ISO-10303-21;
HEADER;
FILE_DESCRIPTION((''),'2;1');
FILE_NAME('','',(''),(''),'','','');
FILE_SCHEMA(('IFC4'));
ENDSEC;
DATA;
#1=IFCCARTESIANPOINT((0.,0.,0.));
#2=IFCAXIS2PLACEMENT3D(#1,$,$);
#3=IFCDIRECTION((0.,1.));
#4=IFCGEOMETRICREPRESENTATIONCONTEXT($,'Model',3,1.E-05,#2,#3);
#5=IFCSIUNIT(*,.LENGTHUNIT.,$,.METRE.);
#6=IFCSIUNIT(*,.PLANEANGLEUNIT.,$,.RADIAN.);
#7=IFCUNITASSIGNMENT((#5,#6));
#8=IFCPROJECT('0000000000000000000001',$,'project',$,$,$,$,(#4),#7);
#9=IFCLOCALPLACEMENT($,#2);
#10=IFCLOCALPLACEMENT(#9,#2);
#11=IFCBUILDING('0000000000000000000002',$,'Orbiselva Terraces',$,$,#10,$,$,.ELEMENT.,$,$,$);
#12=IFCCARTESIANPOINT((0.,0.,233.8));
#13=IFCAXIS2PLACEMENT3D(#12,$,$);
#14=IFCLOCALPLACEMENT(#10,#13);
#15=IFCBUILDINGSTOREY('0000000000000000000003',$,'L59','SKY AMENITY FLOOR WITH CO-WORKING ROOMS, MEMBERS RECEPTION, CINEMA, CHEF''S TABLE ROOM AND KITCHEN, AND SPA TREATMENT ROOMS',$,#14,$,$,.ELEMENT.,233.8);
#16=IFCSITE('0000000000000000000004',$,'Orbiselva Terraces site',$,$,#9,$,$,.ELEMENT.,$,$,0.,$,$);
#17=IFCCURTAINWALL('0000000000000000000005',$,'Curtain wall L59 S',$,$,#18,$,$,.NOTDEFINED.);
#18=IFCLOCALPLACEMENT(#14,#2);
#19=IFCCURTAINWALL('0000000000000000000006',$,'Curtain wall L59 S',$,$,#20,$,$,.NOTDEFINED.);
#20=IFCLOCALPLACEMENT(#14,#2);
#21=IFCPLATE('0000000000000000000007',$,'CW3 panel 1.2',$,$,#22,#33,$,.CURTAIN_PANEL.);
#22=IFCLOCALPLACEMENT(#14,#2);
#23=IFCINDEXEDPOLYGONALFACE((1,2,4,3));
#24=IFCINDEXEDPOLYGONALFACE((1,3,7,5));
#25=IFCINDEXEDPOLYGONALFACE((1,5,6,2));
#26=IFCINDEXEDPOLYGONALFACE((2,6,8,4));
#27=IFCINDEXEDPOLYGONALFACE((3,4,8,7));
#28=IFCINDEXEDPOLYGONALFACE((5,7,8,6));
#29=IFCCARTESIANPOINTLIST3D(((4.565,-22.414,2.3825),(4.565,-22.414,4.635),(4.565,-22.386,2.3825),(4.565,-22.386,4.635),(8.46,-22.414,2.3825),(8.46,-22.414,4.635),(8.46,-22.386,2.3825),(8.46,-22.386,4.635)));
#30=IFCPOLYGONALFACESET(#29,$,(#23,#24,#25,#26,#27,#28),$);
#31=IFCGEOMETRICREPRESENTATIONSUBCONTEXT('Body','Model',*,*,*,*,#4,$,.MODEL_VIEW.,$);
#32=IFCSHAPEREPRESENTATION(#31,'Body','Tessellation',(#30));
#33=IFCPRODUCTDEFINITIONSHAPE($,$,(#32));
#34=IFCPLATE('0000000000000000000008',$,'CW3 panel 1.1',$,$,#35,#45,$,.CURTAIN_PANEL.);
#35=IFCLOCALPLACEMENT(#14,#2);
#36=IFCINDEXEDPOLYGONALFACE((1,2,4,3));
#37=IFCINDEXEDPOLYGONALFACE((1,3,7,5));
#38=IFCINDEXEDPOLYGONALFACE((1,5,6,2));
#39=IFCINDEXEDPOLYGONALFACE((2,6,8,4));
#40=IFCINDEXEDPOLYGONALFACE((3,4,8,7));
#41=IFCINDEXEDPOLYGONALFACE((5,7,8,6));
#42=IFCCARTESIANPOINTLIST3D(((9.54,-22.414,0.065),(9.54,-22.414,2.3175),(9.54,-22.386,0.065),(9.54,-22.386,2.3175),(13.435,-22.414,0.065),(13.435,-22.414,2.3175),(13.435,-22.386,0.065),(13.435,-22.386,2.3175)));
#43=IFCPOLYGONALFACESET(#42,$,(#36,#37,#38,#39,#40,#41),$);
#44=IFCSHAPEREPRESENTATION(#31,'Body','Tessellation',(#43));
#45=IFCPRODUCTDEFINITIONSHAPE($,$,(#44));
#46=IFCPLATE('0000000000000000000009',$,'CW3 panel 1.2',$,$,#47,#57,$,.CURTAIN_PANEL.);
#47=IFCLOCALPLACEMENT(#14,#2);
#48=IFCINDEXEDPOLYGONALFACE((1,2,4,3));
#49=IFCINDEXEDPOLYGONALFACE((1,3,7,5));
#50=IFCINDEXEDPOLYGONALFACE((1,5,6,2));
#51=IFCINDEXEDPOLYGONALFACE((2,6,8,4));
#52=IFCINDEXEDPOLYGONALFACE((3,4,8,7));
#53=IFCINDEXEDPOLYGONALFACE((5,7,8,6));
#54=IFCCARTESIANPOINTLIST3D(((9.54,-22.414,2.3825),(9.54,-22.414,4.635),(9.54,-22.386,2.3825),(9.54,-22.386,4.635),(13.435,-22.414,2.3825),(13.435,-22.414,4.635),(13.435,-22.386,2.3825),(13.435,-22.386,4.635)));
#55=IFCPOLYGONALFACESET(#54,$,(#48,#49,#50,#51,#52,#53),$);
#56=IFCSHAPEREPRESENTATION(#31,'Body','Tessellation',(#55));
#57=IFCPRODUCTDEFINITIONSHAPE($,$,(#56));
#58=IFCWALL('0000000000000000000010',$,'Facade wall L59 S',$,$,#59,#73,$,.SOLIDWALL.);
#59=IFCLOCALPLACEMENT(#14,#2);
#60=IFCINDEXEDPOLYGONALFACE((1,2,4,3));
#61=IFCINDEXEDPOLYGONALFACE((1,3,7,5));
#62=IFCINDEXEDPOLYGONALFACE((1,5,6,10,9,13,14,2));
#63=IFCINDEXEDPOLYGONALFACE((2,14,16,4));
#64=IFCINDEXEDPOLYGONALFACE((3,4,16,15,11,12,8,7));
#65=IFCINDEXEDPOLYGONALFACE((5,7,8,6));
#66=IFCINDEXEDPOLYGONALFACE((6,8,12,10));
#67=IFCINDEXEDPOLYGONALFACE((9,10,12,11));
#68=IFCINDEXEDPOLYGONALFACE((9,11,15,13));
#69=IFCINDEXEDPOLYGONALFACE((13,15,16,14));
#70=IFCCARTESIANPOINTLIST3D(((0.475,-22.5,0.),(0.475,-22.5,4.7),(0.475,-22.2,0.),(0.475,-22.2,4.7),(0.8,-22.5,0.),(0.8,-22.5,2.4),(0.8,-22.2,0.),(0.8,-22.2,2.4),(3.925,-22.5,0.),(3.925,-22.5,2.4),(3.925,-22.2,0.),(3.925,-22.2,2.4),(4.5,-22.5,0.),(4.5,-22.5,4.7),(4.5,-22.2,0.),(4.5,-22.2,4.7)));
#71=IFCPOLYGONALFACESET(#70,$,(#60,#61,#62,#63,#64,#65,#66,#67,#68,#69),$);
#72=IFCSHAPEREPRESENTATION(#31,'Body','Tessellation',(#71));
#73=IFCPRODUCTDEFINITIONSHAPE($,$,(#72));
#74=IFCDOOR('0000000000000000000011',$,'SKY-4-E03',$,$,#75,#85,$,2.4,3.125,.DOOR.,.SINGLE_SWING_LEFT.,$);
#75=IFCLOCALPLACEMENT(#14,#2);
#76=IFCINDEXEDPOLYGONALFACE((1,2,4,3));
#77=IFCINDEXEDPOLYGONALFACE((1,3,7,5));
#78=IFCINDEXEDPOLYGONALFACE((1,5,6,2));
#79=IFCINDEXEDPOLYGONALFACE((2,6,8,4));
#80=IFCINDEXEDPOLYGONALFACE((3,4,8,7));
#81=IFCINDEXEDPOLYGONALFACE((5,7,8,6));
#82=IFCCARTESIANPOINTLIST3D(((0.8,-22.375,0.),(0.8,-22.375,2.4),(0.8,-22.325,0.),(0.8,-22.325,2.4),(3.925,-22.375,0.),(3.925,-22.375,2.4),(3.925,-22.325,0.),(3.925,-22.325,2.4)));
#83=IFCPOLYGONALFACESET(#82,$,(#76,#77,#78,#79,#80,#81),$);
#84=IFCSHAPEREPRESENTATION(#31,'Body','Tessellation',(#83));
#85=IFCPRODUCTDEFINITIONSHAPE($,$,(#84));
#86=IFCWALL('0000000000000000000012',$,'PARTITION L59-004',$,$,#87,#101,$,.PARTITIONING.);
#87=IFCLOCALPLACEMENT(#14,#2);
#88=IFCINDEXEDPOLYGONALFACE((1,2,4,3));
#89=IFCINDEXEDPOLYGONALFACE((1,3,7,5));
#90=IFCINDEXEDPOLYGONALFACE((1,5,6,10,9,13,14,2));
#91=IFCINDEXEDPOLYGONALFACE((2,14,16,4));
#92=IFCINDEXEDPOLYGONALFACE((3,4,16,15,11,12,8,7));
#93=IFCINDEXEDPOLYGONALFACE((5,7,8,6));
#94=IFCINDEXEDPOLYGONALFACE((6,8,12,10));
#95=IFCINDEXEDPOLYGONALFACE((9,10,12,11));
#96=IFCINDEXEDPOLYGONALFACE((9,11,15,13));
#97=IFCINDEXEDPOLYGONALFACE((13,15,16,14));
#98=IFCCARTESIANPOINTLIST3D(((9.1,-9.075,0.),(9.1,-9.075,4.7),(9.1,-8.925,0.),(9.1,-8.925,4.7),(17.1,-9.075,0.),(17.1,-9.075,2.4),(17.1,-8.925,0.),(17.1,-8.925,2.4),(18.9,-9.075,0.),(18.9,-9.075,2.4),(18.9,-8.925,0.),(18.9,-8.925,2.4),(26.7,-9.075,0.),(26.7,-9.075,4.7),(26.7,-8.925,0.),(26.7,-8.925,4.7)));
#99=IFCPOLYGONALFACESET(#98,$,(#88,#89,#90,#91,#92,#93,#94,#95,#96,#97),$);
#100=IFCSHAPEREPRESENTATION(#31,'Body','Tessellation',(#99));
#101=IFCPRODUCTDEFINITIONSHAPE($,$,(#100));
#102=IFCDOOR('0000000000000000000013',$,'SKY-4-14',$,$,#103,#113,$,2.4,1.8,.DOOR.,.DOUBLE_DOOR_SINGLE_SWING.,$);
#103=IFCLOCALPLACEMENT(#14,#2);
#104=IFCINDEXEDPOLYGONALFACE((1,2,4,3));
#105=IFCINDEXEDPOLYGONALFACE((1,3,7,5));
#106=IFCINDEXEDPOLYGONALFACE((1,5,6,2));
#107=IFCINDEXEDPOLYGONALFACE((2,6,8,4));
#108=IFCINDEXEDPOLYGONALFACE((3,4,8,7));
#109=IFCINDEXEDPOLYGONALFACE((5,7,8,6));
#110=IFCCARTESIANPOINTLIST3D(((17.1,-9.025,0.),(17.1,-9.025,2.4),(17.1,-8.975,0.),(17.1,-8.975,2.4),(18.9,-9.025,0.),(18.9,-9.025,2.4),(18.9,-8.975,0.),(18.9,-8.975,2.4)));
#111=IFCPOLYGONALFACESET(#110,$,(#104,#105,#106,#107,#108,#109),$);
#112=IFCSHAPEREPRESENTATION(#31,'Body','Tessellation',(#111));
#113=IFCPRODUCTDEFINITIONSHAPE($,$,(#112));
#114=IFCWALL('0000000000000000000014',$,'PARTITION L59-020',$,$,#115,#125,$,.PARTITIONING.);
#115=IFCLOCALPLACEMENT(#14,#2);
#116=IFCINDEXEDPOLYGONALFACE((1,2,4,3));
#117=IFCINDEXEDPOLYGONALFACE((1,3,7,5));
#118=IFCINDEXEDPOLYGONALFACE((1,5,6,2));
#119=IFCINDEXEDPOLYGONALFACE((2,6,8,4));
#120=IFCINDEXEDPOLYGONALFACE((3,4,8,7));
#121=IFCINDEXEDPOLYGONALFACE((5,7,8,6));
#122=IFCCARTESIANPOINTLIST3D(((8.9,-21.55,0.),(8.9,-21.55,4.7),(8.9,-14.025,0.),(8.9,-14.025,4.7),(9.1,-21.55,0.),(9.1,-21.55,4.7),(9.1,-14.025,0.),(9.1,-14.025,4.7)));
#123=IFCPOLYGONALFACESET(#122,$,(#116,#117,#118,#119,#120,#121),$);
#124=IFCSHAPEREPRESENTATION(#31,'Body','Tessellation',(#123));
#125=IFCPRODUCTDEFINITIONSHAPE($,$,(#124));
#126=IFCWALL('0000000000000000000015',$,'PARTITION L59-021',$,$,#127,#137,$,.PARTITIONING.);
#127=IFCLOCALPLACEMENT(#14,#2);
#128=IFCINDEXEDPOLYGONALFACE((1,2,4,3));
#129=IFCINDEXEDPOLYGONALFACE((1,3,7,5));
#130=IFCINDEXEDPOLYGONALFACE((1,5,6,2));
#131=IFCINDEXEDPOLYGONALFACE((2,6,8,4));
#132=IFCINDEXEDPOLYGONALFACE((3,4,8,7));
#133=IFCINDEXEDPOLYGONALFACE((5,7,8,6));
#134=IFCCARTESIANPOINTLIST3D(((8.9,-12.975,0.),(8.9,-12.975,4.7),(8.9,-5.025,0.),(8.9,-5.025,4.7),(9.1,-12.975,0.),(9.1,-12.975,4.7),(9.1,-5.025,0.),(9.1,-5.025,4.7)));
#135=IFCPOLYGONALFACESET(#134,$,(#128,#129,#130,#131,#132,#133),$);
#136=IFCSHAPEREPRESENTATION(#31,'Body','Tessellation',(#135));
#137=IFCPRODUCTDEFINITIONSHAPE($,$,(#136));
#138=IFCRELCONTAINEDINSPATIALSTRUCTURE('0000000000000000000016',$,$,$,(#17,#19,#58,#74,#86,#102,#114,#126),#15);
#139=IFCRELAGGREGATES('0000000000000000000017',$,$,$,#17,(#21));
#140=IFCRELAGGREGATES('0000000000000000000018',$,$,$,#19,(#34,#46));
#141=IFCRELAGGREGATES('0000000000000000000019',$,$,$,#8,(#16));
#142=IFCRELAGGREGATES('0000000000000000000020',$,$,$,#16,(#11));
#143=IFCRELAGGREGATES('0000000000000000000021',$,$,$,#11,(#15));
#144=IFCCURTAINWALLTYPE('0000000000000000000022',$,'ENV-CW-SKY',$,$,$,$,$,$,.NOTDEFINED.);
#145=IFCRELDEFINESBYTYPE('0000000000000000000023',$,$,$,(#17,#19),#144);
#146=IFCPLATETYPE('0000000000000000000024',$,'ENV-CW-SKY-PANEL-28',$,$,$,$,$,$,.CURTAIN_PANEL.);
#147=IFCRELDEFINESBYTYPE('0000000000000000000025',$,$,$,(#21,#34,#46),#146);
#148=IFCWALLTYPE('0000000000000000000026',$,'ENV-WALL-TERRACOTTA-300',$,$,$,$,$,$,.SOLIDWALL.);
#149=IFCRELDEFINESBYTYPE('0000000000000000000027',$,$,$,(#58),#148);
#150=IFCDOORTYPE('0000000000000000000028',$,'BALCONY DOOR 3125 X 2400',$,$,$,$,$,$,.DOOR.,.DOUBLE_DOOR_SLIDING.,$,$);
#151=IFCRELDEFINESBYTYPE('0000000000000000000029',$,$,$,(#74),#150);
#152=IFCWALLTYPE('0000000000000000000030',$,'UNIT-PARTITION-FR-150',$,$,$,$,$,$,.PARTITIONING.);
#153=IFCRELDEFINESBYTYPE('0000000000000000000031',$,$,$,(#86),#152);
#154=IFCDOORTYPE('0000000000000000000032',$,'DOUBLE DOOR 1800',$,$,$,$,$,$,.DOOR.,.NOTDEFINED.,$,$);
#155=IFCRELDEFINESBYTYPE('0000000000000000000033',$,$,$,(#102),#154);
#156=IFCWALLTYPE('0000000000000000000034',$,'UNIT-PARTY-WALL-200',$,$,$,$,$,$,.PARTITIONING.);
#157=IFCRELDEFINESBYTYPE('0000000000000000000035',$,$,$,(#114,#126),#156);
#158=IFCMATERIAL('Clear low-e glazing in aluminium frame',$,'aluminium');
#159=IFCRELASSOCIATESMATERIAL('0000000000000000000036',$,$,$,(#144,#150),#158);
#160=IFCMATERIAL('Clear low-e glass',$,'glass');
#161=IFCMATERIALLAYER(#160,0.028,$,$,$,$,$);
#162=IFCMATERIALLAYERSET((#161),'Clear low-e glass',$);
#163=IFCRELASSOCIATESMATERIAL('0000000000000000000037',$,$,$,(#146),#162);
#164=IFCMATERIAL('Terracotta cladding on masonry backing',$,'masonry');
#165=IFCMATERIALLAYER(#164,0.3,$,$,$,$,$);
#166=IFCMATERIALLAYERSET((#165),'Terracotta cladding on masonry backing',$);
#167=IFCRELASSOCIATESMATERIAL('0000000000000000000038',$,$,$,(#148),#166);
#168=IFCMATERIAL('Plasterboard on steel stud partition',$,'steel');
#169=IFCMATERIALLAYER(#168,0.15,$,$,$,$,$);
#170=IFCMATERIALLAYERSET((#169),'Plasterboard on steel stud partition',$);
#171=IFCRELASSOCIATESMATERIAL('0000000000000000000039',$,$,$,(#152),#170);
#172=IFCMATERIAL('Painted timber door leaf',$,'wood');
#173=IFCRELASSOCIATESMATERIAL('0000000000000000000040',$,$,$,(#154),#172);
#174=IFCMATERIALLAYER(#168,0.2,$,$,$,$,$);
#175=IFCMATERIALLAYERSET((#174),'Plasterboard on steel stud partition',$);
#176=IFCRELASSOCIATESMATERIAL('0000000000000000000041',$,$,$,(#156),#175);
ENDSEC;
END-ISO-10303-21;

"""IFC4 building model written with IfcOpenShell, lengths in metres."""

from ifc_helpers import new_model, si_unit, direction, frame, frame_2d, origin, origin_2d, place, context, subcontext, project, spatial, rectangle, extrude, material, layer, layer_set, type_object, element, fill, aggregate, save


model = new_model("IFC4")

# Units and contexts
model_context = context("Model", 3, precision=1e-05, world=origin(), true_north=direction((0.0, 1.0)))
body_context = subcontext(model_context, "Body", "Model", "MODEL_VIEW")
ifc_project = project(units=[si_unit("LENGTHUNIT", "METRE"), si_unit("PLANEANGLEUNIT", "RADIAN")], contexts=[model_context])

# Site, building, storey
site_placement = place(None, origin())
site = spatial("IfcSite", under=ifc_project, at=site_placement, Name="Orbiselva Terraces site", CompositionType="ELEMENT", RefElevation=0.0)
building_placement = place(site_placement, origin())
building = spatial("IfcBuilding", under=site, at=building_placement, Name="Orbiselva Terraces", CompositionType="ELEMENT")
storey_placement = place(building_placement, frame((0.0, 0.0, 233.8)))
storey = spatial("IfcBuildingStorey", under=building, at=storey_placement, Name="L59", Description="SKY AMENITY FLOOR WITH CO-WORKING ROOMS, MEMBERS RECEPTION, CINEMA, CHEF'S TABLE ROOM AND KITCHEN, AND SPA TREATMENT ROOMS", CompositionType="ELEMENT", Elevation=233.8)

# Curtain walls
ifc_material_1 = material(Name="Clear low-e glazing in aluminium frame", Category="aluminium")
curtain_wall_type = type_object("IfcCurtainWallType", Name="ENV-CW-SKY", PredefinedType="NOTDEFINED", material=ifc_material_1)
curtain_wall_1_placement = place(storey_placement, origin())
curtain_wall_1 = element("IfcCurtainWall", 1, at=curtain_wall_1_placement, inside=storey, type_object=curtain_wall_type, Name="Curtain wall L59 S", PredefinedType="NOTDEFINED")
curtain_wall_2_placement = place(storey_placement, origin())
curtain_wall_2 = element("IfcCurtainWall", 2, at=curtain_wall_2_placement, inside=storey, type_object=curtain_wall_type, Name="Curtain wall L59 S", PredefinedType="NOTDEFINED")

# Plates
ifc_material_2 = material(Name="Clear low-e glass", Category="glass")
ifc_layer_1 = layer(ifc_material_2, 0.028)
ifc_layer_set_1 = layer_set([ifc_layer_1], Name="Clear low-e glass")
plate_type = type_object("IfcPlateType", Name="ENV-CW-SKY-PANEL-28", PredefinedType="CURTAIN_PANEL", material=ifc_layer_set_1)
plate_1_placement = place(storey_placement, frame((6.5125, -22.4, 2.3825), z_axis=(0.0, 0.0, 1.0), x_axis=(1.0, 0.0, 0.0)))
plate_1 = element("IfcPlate", 3, at=plate_1_placement, type_object=plate_type, Name="CW3 panel 1.2", PredefinedType="CURTAIN_PANEL", context=body_context, shape_type="SweptSolid", body=[
    extrude(rectangle(XDim=3.895, YDim=0.028, at=origin_2d()), origin(), (0.0, 0.0, 1.0), 2.2525),
])
aggregate(curtain_wall_1, [plate_1])
plate_2_placement = place(storey_placement, frame((11.4875, -22.4, 0.065), z_axis=(0.0, 0.0, 1.0), x_axis=(1.0, 0.0, 0.0)))
plate_2 = element("IfcPlate", 4, at=plate_2_placement, type_object=plate_type, Name="CW3 panel 1.1", PredefinedType="CURTAIN_PANEL", context=body_context, shape_type="SweptSolid", body=[
    extrude(rectangle(XDim=3.895, YDim=0.028, at=origin_2d()), origin(), (0.0, 0.0, 1.0), 2.2525),
])
plate_3_placement = place(storey_placement, frame((11.4875, -22.4, 2.3825), z_axis=(0.0, 0.0, 1.0), x_axis=(1.0, 0.0, 0.0)))
plate_3 = element("IfcPlate", 5, at=plate_3_placement, type_object=plate_type, Name="CW3 panel 1.2", PredefinedType="CURTAIN_PANEL", context=body_context, shape_type="SweptSolid", body=[
    extrude(rectangle(XDim=3.895, YDim=0.028, at=origin_2d()), origin(), (0.0, 0.0, 1.0), 2.2525),
])
aggregate(curtain_wall_2, [plate_2, plate_3])

# Walls, openings, doors
ifc_material_3 = material(Name="Terracotta cladding on masonry backing", Category="masonry")
ifc_layer_2 = layer(ifc_material_3, 0.3)
ifc_layer_set_2 = layer_set([ifc_layer_2], Name="Terracotta cladding on masonry backing")
wall_type_1 = type_object("IfcWallType", Name="ENV-WALL-TERRACOTTA-300", PredefinedType="SOLIDWALL", material=ifc_layer_set_2)
wall_1_placement = place(storey_placement, frame((4.5, -22.35, 0.0), z_axis=(0.0, 0.0, 1.0), x_axis=(-1.0, 0.0, 0.0)))
wall_1 = element("IfcWall", 6, at=wall_1_placement, inside=storey, type_object=wall_type_1, Name="Facade wall L59 S", PredefinedType="SOLIDWALL", context=body_context, shape_type="SweptSolid", body=[
    extrude(rectangle(XDim=4.025, YDim=0.3, at=frame_2d((2.0125, 0.0))), origin(), (0.0, 0.0, 1.0), 4.7),
])
opening_1_placement = place(wall_1_placement, frame((0.575, 0.0, 0.0)))
opening_1 = element("IfcOpeningElement", 7, at=opening_1_placement, cuts=wall_1, PredefinedType="OPENING", context=body_context, shape_type="SweptSolid", body=[
    extrude(rectangle(XDim=3.125, YDim=2.4, at=frame_2d((1.5625, 1.2))), frame((0.0, 0.16, 0.0), z_axis=(0.0, -1.0, 0.0), x_axis=(1.0, 0.0, 0.0)), (0.0, 0.0, 1.0), 0.32),
])
door_type_1 = type_object("IfcDoorType", Name="BALCONY DOOR 3125 X 2400", OperationType="DOUBLE_DOOR_SLIDING", PredefinedType="DOOR", material=ifc_material_1)
door_1_placement = place(opening_1_placement, origin())
door_1 = element("IfcDoor", 8, at=door_1_placement, inside=storey, type_object=door_type_1, Name="SKY-4-E03", OperationType="SINGLE_SWING_LEFT", OverallHeight=2.4, OverallWidth=3.125, PredefinedType="DOOR", context=body_context, shape_type="SweptSolid", body=[
    extrude(rectangle(XDim=3.125, YDim=2.4, at=frame_2d((1.5625, 1.2))), frame((0.0, 0.025, 0.0), z_axis=(0.0, -1.0, 0.0), x_axis=(1.0, 0.0, 0.0)), (0.0, 0.0, 1.0), 0.05),
])
fill(opening_1, door_1)
ifc_material_4 = material(Name="Plasterboard on steel stud partition", Category="steel")
ifc_layer_3 = layer(ifc_material_4, 0.15)
ifc_layer_set_3 = layer_set([ifc_layer_3], Name="Plasterboard on steel stud partition")
wall_type_2 = type_object("IfcWallType", Name="UNIT-PARTITION-FR-150", PredefinedType="PARTITIONING", material=ifc_layer_set_3)
wall_2_placement = place(storey_placement, frame((9.1, -9.0, 0.0), z_axis=(0.0, 0.0, 1.0), x_axis=(1.0, 0.0, 0.0)))
wall_2 = element("IfcWall", 9, at=wall_2_placement, inside=storey, type_object=wall_type_2, Name="PARTITION L59-004", PredefinedType="PARTITIONING", context=body_context, shape_type="SweptSolid", body=[
    extrude(rectangle(XDim=17.6, YDim=0.15, at=frame_2d((8.8, 0.0))), origin(), (0.0, 0.0, 1.0), 4.7),
])
opening_2_placement = place(wall_2_placement, frame((8.0, 0.0, 0.0)))
opening_2 = element("IfcOpeningElement", 10, at=opening_2_placement, cuts=wall_2, PredefinedType="OPENING", context=body_context, shape_type="SweptSolid", body=[
    extrude(rectangle(XDim=1.8, YDim=2.4, at=frame_2d((0.9, 1.2))), frame((0.0, 0.085, 0.0), z_axis=(0.0, -1.0, 0.0), x_axis=(1.0, 0.0, 0.0)), (0.0, 0.0, 1.0), 0.17),
])
ifc_material_5 = material(Name="Painted timber door leaf", Category="wood")
door_type_2 = type_object("IfcDoorType", Name="DOUBLE DOOR 1800", OperationType="NOTDEFINED", PredefinedType="DOOR", material=ifc_material_5)
door_2_placement = place(opening_2_placement, origin())
door_2 = element("IfcDoor", 11, at=door_2_placement, inside=storey, type_object=door_type_2, Name="SKY-4-14", OperationType="DOUBLE_DOOR_SINGLE_SWING", OverallHeight=2.4, OverallWidth=1.8, PredefinedType="DOOR", context=body_context, shape_type="SweptSolid", body=[
    extrude(rectangle(XDim=1.8, YDim=2.4, at=frame_2d((0.9, 1.2))), frame((0.0, 0.025, 0.0), z_axis=(0.0, -1.0, 0.0), x_axis=(1.0, 0.0, 0.0)), (0.0, 0.0, 1.0), 0.05),
])
fill(opening_2, door_2)

# Walls
ifc_layer_4 = layer(ifc_material_4, 0.2)
ifc_layer_set_4 = layer_set([ifc_layer_4], Name="Plasterboard on steel stud partition")
wall_type_3 = type_object("IfcWallType", Name="UNIT-PARTY-WALL-200", PredefinedType="PARTITIONING", material=ifc_layer_set_4)
wall_3_placement = place(storey_placement, frame((9.0, -21.55, 0.0), z_axis=(0.0, 0.0, 1.0), x_axis=(0.0, 1.0, 0.0)))
element("IfcWall", 12, at=wall_3_placement, inside=storey, type_object=wall_type_3, Name="PARTITION L59-020", PredefinedType="PARTITIONING", context=body_context, shape_type="SweptSolid", body=[
    extrude(rectangle(XDim=7.525, YDim=0.2, at=frame_2d((3.7625, 0.0))), origin(), (0.0, 0.0, 1.0), 4.7),
])
wall_4_placement = place(storey_placement, frame((9.0, -12.975, 0.0), z_axis=(0.0, 0.0, 1.0), x_axis=(0.0, 1.0, 0.0)))
element("IfcWall", 13, at=wall_4_placement, inside=storey, type_object=wall_type_3, Name="PARTITION L59-021", PredefinedType="PARTITIONING", context=body_context, shape_type="SweptSolid", body=[
    extrude(rectangle(XDim=7.95, YDim=0.2, at=frame_2d((3.975, 0.0))), origin(), (0.0, 0.0, 1.0), 4.7),
])

save(model, "model.ifc")
